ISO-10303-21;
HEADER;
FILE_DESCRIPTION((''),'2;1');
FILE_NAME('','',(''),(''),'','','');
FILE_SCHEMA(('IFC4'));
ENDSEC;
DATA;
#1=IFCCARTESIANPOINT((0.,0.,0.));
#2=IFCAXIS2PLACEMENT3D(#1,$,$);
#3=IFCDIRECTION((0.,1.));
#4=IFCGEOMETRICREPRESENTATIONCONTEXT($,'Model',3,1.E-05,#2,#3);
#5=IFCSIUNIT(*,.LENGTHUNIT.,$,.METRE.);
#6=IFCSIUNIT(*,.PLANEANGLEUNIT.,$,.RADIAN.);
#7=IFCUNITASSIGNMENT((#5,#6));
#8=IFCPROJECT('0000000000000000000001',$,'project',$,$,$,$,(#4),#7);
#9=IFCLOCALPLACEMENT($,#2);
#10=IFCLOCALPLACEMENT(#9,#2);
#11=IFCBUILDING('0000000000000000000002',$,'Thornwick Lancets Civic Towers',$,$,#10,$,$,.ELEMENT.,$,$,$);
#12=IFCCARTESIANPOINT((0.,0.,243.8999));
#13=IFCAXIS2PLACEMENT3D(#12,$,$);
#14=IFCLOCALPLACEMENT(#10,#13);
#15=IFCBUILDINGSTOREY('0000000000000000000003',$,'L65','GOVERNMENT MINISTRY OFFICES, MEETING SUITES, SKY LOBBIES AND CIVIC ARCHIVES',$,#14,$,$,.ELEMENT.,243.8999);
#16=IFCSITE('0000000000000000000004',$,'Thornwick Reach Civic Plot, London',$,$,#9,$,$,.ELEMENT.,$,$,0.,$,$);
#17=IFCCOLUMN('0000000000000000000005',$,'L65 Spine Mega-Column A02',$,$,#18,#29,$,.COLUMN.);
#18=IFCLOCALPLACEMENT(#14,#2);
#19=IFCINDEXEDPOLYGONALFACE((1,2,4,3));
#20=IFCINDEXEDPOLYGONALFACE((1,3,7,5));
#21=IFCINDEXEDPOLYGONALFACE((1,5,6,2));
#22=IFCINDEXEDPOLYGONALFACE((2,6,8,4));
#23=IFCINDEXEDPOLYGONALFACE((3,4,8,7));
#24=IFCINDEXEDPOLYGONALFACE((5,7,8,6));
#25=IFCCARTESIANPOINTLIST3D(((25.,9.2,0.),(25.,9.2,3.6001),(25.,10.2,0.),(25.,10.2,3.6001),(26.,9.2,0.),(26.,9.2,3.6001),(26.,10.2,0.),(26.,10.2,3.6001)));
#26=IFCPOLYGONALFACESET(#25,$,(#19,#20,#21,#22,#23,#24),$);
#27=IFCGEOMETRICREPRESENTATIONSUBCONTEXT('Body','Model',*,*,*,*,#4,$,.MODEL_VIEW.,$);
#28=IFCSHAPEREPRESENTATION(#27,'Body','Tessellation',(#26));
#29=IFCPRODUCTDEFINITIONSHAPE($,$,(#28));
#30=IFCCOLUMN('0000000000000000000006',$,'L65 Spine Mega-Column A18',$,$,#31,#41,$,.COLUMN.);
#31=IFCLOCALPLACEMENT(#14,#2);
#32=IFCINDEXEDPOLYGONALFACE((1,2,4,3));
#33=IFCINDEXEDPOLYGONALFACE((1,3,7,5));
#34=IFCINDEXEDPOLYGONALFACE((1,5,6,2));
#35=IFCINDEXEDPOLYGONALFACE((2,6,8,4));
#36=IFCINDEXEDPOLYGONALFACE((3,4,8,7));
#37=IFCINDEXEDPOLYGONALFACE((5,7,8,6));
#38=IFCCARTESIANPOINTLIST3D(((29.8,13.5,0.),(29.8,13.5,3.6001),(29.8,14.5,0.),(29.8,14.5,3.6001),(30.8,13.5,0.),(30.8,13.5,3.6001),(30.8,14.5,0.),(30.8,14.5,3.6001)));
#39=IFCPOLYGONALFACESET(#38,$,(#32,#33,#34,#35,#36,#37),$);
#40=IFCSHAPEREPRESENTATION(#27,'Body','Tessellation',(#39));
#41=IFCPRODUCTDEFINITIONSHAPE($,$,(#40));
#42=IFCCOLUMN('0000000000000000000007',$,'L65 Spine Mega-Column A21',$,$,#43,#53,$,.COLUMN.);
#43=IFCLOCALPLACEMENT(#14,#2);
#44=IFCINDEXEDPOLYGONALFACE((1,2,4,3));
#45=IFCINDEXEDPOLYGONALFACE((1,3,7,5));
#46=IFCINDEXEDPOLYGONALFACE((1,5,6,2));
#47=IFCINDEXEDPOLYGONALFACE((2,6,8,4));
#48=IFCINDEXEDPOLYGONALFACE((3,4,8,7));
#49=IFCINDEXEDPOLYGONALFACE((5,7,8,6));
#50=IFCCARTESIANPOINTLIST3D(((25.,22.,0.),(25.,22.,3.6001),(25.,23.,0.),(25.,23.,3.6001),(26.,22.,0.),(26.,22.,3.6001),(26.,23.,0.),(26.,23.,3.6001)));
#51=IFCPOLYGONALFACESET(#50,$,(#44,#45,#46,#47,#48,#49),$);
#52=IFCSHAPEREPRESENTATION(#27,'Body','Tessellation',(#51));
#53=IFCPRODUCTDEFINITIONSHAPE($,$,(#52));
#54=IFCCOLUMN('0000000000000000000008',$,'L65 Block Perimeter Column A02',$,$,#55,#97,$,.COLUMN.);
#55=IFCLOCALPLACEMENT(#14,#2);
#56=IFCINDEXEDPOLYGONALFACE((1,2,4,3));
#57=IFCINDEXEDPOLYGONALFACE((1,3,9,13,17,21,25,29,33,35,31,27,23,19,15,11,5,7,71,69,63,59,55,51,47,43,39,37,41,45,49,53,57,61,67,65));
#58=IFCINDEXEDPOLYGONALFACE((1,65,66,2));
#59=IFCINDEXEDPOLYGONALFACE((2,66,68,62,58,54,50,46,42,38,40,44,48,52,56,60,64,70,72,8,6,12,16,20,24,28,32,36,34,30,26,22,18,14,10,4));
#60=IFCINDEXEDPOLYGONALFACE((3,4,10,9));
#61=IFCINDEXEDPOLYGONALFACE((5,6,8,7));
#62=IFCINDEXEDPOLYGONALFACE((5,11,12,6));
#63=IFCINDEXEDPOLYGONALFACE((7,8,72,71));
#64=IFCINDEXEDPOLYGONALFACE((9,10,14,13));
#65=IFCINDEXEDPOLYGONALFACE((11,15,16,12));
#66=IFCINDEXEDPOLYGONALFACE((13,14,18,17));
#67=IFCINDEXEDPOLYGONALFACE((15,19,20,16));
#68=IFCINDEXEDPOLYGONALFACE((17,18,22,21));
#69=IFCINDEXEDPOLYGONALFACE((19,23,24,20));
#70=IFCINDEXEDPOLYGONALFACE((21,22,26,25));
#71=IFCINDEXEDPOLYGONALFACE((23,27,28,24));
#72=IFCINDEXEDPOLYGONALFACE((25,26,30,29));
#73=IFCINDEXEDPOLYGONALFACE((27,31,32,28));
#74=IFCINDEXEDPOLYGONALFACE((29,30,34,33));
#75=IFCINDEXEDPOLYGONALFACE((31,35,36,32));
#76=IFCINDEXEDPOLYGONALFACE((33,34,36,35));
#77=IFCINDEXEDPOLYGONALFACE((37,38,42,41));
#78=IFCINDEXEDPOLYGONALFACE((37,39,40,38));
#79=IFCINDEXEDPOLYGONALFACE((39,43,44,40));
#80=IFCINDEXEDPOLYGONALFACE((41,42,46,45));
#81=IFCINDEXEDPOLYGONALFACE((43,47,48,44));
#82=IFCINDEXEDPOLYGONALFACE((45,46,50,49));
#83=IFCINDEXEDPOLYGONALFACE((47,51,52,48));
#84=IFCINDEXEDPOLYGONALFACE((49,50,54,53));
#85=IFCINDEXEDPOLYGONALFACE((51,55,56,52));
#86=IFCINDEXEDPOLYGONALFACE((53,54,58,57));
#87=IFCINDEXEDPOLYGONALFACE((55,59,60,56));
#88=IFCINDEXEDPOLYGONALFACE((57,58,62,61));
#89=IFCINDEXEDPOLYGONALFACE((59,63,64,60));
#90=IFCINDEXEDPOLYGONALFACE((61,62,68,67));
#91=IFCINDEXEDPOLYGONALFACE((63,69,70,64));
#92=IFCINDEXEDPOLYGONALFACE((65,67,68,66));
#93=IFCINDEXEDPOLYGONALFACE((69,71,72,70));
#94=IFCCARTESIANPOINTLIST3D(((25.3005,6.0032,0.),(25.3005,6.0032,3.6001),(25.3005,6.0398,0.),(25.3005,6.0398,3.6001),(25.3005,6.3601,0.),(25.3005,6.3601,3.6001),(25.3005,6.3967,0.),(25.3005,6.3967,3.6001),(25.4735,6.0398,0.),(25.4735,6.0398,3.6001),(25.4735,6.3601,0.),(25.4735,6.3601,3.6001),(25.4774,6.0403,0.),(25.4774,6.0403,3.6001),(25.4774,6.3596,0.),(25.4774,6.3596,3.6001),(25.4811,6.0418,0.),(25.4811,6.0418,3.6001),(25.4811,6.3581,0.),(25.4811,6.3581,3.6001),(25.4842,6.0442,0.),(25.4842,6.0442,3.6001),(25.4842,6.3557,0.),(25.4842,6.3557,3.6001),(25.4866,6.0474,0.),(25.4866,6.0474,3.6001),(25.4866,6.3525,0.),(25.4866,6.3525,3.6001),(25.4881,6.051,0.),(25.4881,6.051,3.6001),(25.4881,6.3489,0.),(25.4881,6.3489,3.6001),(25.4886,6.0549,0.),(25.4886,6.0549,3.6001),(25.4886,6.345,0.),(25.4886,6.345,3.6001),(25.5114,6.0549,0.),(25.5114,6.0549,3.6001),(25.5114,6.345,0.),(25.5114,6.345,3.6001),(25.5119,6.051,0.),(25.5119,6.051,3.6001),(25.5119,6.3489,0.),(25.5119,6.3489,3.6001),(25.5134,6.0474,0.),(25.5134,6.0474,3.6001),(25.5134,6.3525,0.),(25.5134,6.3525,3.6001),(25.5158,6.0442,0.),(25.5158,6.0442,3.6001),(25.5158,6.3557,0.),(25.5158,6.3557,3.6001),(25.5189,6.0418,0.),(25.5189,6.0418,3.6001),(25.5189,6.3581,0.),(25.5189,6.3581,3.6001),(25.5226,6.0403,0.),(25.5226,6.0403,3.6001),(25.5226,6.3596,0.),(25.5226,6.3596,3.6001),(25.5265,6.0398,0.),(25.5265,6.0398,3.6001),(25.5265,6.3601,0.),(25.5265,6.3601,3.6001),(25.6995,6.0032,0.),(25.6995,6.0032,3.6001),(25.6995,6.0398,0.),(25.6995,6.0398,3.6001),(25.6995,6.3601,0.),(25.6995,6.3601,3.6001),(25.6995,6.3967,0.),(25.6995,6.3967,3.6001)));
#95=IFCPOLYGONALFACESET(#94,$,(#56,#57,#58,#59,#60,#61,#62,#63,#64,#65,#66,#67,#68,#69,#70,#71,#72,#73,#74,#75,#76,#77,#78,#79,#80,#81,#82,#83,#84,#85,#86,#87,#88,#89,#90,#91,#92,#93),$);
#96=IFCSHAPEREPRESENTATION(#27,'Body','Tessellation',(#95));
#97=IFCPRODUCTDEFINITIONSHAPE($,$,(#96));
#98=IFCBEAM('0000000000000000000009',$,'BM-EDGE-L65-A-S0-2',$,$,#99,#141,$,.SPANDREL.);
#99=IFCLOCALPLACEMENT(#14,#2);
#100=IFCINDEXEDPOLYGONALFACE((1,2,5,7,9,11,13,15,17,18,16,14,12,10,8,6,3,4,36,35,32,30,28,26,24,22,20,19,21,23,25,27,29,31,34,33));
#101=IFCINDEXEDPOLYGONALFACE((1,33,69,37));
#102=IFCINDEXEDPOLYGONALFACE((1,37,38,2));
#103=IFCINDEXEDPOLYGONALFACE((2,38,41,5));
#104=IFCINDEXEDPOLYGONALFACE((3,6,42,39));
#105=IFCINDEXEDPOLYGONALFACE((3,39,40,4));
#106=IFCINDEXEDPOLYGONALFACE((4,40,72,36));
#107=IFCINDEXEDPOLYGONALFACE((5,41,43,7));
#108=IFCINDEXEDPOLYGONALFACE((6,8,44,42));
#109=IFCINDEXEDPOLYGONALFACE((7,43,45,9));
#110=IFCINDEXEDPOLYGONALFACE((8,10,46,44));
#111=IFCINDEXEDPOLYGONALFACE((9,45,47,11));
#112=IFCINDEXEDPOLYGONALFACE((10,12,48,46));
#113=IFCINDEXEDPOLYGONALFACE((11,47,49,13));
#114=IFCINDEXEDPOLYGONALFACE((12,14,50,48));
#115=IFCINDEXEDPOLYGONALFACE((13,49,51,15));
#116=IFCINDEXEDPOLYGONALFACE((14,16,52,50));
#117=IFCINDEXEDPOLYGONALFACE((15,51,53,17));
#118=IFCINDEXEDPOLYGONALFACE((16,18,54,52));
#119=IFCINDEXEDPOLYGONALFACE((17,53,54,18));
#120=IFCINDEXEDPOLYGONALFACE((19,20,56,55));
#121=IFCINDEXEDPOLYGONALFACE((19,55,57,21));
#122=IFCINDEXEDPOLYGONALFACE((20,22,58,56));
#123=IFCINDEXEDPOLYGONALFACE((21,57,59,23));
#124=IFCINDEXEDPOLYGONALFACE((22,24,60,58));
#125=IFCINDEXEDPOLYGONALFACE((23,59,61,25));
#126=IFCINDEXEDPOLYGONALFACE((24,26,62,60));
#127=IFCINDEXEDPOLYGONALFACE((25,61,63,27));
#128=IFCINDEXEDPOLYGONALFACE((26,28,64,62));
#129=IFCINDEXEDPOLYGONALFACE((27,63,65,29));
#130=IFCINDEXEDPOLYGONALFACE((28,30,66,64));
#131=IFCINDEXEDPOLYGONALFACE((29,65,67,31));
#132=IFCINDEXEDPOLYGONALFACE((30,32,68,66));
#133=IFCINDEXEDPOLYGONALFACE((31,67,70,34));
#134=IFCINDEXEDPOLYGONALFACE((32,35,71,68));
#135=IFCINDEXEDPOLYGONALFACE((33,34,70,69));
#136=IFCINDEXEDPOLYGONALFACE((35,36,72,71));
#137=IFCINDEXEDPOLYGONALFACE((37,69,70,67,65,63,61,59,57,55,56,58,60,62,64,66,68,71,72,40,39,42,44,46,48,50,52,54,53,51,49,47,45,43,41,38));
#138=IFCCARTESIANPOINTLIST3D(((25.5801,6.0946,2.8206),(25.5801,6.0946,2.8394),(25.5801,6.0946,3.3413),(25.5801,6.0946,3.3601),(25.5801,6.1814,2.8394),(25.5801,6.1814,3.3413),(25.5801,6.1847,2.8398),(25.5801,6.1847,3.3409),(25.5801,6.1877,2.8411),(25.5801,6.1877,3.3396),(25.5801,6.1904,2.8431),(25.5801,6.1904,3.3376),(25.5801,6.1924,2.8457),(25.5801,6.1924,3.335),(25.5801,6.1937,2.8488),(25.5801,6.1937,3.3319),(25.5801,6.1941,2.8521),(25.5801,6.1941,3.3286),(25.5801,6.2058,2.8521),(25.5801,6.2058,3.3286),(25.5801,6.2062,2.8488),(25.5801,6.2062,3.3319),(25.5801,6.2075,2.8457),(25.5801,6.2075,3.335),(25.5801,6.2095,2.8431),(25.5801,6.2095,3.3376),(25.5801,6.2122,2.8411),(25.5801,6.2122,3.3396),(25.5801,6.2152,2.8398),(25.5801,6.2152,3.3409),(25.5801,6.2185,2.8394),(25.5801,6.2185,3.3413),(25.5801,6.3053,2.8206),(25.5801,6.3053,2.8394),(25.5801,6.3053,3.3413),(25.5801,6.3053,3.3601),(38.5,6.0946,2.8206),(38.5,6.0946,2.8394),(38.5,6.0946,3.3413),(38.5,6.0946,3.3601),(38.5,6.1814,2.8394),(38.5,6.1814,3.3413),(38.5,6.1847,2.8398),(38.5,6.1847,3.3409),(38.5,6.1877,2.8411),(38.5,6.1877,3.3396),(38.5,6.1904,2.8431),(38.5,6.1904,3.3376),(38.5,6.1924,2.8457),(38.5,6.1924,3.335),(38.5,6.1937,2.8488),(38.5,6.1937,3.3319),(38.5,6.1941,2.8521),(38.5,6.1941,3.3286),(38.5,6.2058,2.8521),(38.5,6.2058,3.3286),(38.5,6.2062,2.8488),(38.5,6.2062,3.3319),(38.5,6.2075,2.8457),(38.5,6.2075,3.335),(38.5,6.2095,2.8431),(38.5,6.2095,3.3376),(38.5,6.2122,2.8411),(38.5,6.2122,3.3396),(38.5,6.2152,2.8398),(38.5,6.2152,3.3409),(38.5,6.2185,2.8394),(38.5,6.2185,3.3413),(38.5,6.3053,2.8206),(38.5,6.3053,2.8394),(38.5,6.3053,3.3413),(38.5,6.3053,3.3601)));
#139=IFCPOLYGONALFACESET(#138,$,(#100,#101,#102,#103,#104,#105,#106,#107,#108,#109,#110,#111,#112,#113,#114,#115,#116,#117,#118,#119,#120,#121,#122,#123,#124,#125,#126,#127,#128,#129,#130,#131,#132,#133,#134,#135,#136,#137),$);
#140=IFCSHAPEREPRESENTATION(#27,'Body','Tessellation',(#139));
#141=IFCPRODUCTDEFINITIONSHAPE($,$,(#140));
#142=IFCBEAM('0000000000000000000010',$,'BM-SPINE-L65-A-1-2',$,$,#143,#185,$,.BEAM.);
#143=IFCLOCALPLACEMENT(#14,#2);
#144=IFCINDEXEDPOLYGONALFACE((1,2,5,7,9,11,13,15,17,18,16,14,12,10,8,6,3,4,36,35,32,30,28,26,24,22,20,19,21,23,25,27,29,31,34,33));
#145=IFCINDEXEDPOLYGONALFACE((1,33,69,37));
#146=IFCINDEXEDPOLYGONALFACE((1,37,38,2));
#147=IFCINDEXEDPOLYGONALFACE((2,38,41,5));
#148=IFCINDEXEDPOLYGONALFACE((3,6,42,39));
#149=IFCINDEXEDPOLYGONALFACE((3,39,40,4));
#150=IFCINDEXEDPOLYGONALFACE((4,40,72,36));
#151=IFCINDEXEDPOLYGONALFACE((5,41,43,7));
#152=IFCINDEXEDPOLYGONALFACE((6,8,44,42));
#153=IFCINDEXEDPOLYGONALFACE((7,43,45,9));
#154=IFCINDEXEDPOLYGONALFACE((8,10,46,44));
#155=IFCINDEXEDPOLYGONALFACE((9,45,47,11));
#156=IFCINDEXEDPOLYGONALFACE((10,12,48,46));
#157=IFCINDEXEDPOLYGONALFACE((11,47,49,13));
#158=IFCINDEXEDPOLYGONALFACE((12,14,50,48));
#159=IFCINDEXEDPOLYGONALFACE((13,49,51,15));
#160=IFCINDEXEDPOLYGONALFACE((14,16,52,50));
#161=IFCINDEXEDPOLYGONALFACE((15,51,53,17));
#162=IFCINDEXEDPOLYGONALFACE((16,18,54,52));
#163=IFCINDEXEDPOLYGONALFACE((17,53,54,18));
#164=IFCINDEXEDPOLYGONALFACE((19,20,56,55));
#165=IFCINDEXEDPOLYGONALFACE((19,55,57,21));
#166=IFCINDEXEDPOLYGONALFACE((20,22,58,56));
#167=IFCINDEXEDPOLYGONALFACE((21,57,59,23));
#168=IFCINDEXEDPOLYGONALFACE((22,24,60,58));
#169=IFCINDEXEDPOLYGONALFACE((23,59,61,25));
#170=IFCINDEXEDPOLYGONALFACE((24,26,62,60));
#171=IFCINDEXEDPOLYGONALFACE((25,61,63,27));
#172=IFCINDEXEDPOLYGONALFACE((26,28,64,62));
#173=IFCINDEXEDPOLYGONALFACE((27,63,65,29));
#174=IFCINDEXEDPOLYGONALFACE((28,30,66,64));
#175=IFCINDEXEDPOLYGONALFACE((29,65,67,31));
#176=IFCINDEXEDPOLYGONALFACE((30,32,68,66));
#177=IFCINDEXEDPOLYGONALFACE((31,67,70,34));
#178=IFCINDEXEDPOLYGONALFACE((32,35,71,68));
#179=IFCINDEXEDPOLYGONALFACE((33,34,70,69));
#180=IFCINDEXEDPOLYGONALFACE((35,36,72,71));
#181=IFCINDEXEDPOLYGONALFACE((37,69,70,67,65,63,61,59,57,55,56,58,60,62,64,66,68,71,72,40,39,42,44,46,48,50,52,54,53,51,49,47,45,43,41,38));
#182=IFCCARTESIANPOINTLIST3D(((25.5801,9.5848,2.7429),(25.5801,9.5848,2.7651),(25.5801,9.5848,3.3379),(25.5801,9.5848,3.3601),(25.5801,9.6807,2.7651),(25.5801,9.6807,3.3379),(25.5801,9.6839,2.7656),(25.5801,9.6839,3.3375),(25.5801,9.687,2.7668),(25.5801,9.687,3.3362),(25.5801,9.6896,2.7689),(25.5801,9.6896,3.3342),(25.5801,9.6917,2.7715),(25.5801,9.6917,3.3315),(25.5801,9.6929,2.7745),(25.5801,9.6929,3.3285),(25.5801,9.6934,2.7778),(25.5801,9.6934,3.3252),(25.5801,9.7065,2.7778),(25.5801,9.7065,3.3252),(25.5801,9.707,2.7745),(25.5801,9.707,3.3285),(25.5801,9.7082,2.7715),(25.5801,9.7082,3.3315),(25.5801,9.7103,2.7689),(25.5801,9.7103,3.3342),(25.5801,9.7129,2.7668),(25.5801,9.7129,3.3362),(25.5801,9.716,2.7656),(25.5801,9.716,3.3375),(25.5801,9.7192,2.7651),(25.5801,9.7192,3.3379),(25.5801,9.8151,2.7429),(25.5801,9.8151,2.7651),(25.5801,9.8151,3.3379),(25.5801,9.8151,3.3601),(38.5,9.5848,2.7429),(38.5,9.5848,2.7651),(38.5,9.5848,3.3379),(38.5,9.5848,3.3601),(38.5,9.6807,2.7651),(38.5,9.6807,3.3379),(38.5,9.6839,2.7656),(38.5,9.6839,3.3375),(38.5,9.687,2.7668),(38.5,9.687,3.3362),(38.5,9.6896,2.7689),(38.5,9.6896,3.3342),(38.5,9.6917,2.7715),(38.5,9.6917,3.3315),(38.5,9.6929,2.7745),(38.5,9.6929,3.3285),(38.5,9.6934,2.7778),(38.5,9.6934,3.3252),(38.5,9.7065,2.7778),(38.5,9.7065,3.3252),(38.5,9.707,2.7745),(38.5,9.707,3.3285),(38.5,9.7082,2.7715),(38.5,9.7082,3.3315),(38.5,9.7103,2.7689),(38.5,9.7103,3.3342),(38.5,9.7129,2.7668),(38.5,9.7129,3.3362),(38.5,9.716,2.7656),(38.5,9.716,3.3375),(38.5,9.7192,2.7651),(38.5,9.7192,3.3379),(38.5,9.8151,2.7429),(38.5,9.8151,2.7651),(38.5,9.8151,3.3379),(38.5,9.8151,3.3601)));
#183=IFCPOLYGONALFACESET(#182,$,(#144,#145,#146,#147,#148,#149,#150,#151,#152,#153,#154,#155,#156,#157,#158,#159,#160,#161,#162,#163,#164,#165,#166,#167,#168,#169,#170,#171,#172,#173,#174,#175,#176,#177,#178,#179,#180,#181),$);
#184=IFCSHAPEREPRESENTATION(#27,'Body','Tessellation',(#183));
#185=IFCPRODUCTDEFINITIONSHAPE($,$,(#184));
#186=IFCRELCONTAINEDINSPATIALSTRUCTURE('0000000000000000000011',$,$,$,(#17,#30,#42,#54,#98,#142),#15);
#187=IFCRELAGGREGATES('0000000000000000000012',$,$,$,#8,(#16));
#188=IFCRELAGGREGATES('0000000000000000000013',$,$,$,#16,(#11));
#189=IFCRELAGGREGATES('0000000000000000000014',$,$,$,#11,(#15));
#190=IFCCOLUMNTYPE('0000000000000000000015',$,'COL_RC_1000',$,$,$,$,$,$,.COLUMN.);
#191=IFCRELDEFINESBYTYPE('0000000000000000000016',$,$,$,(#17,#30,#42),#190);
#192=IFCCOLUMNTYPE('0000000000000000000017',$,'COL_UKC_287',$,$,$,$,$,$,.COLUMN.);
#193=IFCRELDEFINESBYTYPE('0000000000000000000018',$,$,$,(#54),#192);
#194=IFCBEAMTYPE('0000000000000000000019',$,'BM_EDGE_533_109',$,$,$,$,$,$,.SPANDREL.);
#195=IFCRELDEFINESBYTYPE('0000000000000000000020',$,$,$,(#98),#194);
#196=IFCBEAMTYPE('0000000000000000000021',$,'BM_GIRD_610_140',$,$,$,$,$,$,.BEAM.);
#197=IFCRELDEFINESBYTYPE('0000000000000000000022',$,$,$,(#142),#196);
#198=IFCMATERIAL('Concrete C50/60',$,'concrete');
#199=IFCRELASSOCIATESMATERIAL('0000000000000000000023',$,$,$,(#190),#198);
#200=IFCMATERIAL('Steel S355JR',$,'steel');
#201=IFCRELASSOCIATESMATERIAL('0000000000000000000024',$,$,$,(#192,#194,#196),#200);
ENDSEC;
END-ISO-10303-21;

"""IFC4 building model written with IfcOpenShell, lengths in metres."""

from ifc_helpers import new_model, si_unit, direction, frame, origin, origin_2d, place, context, subcontext, project, spatial, rectangle, i_section, extrude, material, material_profile, profile_set, type_object, element, save


model = new_model("IFC4")

# Units and contexts
model_context = context("Model", 3, precision=1e-05, world=origin(), true_north=direction((0.0, 1.0)))
body_context = subcontext(model_context, "Body", "Model", "MODEL_VIEW")
ifc_project = project(units=[si_unit("LENGTHUNIT", "METRE"), si_unit("PLANEANGLEUNIT", "RADIAN")], contexts=[model_context])

# Site, building, storey
site_placement = place(None, origin())
site = spatial("IfcSite", under=ifc_project, at=site_placement, Name="Thornwick Reach Civic Plot, London", CompositionType="ELEMENT", RefElevation=0.0)
building_placement = place(site_placement, origin())
building = spatial("IfcBuilding", under=site, at=building_placement, Name="Thornwick Lancets Civic Towers", CompositionType="ELEMENT")
storey_placement = place(building_placement, frame((0.0, 0.0, 243.8999)))
storey = spatial("IfcBuildingStorey", under=building, at=storey_placement, Name="L65", Description="GOVERNMENT MINISTRY OFFICES, MEETING SUITES, SKY LOBBIES AND CIVIC ARCHIVES", CompositionType="ELEMENT", Elevation=243.8999)

# Columns
ifc_material_1 = material(Name="Concrete C50/60", Category="concrete")
ifc_material_profile_1 = material_profile(ifc_material_1, rectangle(XDim=1.0, YDim=1.0, at=origin_2d()), Name="RC 1000x1000")
ifc_profile_set_1 = profile_set([ifc_material_profile_1], Name="Concrete C50/60")
column_type_1 = type_object("IfcColumnType", Name="COL_RC_1000", PredefinedType="COLUMN", material=ifc_profile_set_1)
for number, where, z_axis, x_axis, name in (
    (1, (25.5, 9.7, 0.0), (0.0, 0.0, 1.0), (1.0, 0.0, 0.0), "L65 Spine Mega-Column A02"),
    (2, (30.3, 14.0, 0.0), (0.0, 0.0, 1.0), (1.0, 0.0, 0.0), "L65 Spine Mega-Column A18"),
    (3, (25.5, 22.5, 0.0), (0.0, 0.0, 1.0), (1.0, 0.0, 0.0), "L65 Spine Mega-Column A21"),
):
    element("IfcColumn", number, at=place(storey_placement, frame(where, z_axis=z_axis, x_axis=x_axis)), inside=storey, type_object=column_type_1, Name=name, PredefinedType="COLUMN", context=body_context, shape_type="SweptSolid", body=[
        extrude(rectangle(XDim=1.0, YDim=1.0, at=origin_2d()), origin(), (0.0, 0.0, 1.0), 3.6001),
    ])
ifc_material_2 = material(Name="Steel S355JR", Category="steel")
ifc_material_profile_2 = material_profile(ifc_material_2, i_section(OverallWidth=0.3989, OverallDepth=0.3936, WebThickness=0.0227, FlangeThickness=0.0366, FilletRadius=0.0151, at=origin_2d()), Name="UKC 356x406x287")
ifc_profile_set_2 = profile_set([ifc_material_profile_2], Name="Steel S355JR")
column_type_2 = type_object("IfcColumnType", Name="COL_UKC_287", PredefinedType="COLUMN", material=ifc_profile_set_2)
column_placement = place(storey_placement, frame((25.5, 6.2, 0.0), z_axis=(0.0, 0.0, 1.0), x_axis=(1.0, 0.0, 0.0)))
element("IfcColumn", 4, at=column_placement, inside=storey, type_object=column_type_2, Name="L65 Block Perimeter Column A02", PredefinedType="COLUMN", context=body_context, shape_type="SweptSolid", body=[
    extrude(i_section(OverallWidth=0.3989, OverallDepth=0.3936, WebThickness=0.0227, FlangeThickness=0.0366, FilletRadius=0.0151, at=origin_2d()), origin(), (0.0, 0.0, 1.0), 3.6001),
])

# Beams
ifc_material_profile_3 = material_profile(ifc_material_2, i_section(OverallWidth=0.2107, OverallDepth=0.5396, WebThickness=0.0117, FlangeThickness=0.0188, FilletRadius=0.0127, at=origin_2d()), Name="UKB 533x210x109")
ifc_profile_set_3 = profile_set([ifc_material_profile_3], Name="Steel S355JR")
beam_type_1 = type_object("IfcBeamType", Name="BM_EDGE_533_109", PredefinedType="SPANDREL", material=ifc_profile_set_3)
beam_1_placement = place(storey_placement, frame((25.5801, 6.2, 3.0903), z_axis=(1.0, 0.0, 0.0), x_axis=(0.0, 1.0, 0.0)))
element("IfcBeam", 5, at=beam_1_placement, inside=storey, type_object=beam_type_1, Name="BM-EDGE-L65-A-S0-2", PredefinedType="SPANDREL", context=body_context, shape_type="SweptSolid", body=[
    extrude(i_section(OverallWidth=0.2107, OverallDepth=0.5396, WebThickness=0.0117, FlangeThickness=0.0188, FilletRadius=0.0127, at=origin_2d()), origin(), (0.0, 0.0, 1.0), 12.9199),
])
ifc_material_profile_4 = material_profile(ifc_material_2, i_section(OverallWidth=0.2302, OverallDepth=0.6172, WebThickness=0.0132, FlangeThickness=0.0222, FilletRadius=0.0127, at=origin_2d()), Name="UKB 610x229x140")
ifc_profile_set_4 = profile_set([ifc_material_profile_4], Name="Steel S355JR")
beam_type_2 = type_object("IfcBeamType", Name="BM_GIRD_610_140", PredefinedType="BEAM", material=ifc_profile_set_4)
beam_2_placement = place(storey_placement, frame((25.5801, 9.7, 3.0515), z_axis=(1.0, 0.0, 0.0), x_axis=(0.0, 1.0, 0.0)))
element("IfcBeam", 6, at=beam_2_placement, inside=storey, type_object=beam_type_2, Name="BM-SPINE-L65-A-1-2", PredefinedType="BEAM", context=body_context, shape_type="SweptSolid", body=[
    extrude(i_section(OverallWidth=0.2302, OverallDepth=0.6172, WebThickness=0.0132, FlangeThickness=0.0222, FilletRadius=0.0127, at=origin_2d()), origin(), (0.0, 0.0, 1.0), 12.9199),
])

save(model, "model.ifc")
